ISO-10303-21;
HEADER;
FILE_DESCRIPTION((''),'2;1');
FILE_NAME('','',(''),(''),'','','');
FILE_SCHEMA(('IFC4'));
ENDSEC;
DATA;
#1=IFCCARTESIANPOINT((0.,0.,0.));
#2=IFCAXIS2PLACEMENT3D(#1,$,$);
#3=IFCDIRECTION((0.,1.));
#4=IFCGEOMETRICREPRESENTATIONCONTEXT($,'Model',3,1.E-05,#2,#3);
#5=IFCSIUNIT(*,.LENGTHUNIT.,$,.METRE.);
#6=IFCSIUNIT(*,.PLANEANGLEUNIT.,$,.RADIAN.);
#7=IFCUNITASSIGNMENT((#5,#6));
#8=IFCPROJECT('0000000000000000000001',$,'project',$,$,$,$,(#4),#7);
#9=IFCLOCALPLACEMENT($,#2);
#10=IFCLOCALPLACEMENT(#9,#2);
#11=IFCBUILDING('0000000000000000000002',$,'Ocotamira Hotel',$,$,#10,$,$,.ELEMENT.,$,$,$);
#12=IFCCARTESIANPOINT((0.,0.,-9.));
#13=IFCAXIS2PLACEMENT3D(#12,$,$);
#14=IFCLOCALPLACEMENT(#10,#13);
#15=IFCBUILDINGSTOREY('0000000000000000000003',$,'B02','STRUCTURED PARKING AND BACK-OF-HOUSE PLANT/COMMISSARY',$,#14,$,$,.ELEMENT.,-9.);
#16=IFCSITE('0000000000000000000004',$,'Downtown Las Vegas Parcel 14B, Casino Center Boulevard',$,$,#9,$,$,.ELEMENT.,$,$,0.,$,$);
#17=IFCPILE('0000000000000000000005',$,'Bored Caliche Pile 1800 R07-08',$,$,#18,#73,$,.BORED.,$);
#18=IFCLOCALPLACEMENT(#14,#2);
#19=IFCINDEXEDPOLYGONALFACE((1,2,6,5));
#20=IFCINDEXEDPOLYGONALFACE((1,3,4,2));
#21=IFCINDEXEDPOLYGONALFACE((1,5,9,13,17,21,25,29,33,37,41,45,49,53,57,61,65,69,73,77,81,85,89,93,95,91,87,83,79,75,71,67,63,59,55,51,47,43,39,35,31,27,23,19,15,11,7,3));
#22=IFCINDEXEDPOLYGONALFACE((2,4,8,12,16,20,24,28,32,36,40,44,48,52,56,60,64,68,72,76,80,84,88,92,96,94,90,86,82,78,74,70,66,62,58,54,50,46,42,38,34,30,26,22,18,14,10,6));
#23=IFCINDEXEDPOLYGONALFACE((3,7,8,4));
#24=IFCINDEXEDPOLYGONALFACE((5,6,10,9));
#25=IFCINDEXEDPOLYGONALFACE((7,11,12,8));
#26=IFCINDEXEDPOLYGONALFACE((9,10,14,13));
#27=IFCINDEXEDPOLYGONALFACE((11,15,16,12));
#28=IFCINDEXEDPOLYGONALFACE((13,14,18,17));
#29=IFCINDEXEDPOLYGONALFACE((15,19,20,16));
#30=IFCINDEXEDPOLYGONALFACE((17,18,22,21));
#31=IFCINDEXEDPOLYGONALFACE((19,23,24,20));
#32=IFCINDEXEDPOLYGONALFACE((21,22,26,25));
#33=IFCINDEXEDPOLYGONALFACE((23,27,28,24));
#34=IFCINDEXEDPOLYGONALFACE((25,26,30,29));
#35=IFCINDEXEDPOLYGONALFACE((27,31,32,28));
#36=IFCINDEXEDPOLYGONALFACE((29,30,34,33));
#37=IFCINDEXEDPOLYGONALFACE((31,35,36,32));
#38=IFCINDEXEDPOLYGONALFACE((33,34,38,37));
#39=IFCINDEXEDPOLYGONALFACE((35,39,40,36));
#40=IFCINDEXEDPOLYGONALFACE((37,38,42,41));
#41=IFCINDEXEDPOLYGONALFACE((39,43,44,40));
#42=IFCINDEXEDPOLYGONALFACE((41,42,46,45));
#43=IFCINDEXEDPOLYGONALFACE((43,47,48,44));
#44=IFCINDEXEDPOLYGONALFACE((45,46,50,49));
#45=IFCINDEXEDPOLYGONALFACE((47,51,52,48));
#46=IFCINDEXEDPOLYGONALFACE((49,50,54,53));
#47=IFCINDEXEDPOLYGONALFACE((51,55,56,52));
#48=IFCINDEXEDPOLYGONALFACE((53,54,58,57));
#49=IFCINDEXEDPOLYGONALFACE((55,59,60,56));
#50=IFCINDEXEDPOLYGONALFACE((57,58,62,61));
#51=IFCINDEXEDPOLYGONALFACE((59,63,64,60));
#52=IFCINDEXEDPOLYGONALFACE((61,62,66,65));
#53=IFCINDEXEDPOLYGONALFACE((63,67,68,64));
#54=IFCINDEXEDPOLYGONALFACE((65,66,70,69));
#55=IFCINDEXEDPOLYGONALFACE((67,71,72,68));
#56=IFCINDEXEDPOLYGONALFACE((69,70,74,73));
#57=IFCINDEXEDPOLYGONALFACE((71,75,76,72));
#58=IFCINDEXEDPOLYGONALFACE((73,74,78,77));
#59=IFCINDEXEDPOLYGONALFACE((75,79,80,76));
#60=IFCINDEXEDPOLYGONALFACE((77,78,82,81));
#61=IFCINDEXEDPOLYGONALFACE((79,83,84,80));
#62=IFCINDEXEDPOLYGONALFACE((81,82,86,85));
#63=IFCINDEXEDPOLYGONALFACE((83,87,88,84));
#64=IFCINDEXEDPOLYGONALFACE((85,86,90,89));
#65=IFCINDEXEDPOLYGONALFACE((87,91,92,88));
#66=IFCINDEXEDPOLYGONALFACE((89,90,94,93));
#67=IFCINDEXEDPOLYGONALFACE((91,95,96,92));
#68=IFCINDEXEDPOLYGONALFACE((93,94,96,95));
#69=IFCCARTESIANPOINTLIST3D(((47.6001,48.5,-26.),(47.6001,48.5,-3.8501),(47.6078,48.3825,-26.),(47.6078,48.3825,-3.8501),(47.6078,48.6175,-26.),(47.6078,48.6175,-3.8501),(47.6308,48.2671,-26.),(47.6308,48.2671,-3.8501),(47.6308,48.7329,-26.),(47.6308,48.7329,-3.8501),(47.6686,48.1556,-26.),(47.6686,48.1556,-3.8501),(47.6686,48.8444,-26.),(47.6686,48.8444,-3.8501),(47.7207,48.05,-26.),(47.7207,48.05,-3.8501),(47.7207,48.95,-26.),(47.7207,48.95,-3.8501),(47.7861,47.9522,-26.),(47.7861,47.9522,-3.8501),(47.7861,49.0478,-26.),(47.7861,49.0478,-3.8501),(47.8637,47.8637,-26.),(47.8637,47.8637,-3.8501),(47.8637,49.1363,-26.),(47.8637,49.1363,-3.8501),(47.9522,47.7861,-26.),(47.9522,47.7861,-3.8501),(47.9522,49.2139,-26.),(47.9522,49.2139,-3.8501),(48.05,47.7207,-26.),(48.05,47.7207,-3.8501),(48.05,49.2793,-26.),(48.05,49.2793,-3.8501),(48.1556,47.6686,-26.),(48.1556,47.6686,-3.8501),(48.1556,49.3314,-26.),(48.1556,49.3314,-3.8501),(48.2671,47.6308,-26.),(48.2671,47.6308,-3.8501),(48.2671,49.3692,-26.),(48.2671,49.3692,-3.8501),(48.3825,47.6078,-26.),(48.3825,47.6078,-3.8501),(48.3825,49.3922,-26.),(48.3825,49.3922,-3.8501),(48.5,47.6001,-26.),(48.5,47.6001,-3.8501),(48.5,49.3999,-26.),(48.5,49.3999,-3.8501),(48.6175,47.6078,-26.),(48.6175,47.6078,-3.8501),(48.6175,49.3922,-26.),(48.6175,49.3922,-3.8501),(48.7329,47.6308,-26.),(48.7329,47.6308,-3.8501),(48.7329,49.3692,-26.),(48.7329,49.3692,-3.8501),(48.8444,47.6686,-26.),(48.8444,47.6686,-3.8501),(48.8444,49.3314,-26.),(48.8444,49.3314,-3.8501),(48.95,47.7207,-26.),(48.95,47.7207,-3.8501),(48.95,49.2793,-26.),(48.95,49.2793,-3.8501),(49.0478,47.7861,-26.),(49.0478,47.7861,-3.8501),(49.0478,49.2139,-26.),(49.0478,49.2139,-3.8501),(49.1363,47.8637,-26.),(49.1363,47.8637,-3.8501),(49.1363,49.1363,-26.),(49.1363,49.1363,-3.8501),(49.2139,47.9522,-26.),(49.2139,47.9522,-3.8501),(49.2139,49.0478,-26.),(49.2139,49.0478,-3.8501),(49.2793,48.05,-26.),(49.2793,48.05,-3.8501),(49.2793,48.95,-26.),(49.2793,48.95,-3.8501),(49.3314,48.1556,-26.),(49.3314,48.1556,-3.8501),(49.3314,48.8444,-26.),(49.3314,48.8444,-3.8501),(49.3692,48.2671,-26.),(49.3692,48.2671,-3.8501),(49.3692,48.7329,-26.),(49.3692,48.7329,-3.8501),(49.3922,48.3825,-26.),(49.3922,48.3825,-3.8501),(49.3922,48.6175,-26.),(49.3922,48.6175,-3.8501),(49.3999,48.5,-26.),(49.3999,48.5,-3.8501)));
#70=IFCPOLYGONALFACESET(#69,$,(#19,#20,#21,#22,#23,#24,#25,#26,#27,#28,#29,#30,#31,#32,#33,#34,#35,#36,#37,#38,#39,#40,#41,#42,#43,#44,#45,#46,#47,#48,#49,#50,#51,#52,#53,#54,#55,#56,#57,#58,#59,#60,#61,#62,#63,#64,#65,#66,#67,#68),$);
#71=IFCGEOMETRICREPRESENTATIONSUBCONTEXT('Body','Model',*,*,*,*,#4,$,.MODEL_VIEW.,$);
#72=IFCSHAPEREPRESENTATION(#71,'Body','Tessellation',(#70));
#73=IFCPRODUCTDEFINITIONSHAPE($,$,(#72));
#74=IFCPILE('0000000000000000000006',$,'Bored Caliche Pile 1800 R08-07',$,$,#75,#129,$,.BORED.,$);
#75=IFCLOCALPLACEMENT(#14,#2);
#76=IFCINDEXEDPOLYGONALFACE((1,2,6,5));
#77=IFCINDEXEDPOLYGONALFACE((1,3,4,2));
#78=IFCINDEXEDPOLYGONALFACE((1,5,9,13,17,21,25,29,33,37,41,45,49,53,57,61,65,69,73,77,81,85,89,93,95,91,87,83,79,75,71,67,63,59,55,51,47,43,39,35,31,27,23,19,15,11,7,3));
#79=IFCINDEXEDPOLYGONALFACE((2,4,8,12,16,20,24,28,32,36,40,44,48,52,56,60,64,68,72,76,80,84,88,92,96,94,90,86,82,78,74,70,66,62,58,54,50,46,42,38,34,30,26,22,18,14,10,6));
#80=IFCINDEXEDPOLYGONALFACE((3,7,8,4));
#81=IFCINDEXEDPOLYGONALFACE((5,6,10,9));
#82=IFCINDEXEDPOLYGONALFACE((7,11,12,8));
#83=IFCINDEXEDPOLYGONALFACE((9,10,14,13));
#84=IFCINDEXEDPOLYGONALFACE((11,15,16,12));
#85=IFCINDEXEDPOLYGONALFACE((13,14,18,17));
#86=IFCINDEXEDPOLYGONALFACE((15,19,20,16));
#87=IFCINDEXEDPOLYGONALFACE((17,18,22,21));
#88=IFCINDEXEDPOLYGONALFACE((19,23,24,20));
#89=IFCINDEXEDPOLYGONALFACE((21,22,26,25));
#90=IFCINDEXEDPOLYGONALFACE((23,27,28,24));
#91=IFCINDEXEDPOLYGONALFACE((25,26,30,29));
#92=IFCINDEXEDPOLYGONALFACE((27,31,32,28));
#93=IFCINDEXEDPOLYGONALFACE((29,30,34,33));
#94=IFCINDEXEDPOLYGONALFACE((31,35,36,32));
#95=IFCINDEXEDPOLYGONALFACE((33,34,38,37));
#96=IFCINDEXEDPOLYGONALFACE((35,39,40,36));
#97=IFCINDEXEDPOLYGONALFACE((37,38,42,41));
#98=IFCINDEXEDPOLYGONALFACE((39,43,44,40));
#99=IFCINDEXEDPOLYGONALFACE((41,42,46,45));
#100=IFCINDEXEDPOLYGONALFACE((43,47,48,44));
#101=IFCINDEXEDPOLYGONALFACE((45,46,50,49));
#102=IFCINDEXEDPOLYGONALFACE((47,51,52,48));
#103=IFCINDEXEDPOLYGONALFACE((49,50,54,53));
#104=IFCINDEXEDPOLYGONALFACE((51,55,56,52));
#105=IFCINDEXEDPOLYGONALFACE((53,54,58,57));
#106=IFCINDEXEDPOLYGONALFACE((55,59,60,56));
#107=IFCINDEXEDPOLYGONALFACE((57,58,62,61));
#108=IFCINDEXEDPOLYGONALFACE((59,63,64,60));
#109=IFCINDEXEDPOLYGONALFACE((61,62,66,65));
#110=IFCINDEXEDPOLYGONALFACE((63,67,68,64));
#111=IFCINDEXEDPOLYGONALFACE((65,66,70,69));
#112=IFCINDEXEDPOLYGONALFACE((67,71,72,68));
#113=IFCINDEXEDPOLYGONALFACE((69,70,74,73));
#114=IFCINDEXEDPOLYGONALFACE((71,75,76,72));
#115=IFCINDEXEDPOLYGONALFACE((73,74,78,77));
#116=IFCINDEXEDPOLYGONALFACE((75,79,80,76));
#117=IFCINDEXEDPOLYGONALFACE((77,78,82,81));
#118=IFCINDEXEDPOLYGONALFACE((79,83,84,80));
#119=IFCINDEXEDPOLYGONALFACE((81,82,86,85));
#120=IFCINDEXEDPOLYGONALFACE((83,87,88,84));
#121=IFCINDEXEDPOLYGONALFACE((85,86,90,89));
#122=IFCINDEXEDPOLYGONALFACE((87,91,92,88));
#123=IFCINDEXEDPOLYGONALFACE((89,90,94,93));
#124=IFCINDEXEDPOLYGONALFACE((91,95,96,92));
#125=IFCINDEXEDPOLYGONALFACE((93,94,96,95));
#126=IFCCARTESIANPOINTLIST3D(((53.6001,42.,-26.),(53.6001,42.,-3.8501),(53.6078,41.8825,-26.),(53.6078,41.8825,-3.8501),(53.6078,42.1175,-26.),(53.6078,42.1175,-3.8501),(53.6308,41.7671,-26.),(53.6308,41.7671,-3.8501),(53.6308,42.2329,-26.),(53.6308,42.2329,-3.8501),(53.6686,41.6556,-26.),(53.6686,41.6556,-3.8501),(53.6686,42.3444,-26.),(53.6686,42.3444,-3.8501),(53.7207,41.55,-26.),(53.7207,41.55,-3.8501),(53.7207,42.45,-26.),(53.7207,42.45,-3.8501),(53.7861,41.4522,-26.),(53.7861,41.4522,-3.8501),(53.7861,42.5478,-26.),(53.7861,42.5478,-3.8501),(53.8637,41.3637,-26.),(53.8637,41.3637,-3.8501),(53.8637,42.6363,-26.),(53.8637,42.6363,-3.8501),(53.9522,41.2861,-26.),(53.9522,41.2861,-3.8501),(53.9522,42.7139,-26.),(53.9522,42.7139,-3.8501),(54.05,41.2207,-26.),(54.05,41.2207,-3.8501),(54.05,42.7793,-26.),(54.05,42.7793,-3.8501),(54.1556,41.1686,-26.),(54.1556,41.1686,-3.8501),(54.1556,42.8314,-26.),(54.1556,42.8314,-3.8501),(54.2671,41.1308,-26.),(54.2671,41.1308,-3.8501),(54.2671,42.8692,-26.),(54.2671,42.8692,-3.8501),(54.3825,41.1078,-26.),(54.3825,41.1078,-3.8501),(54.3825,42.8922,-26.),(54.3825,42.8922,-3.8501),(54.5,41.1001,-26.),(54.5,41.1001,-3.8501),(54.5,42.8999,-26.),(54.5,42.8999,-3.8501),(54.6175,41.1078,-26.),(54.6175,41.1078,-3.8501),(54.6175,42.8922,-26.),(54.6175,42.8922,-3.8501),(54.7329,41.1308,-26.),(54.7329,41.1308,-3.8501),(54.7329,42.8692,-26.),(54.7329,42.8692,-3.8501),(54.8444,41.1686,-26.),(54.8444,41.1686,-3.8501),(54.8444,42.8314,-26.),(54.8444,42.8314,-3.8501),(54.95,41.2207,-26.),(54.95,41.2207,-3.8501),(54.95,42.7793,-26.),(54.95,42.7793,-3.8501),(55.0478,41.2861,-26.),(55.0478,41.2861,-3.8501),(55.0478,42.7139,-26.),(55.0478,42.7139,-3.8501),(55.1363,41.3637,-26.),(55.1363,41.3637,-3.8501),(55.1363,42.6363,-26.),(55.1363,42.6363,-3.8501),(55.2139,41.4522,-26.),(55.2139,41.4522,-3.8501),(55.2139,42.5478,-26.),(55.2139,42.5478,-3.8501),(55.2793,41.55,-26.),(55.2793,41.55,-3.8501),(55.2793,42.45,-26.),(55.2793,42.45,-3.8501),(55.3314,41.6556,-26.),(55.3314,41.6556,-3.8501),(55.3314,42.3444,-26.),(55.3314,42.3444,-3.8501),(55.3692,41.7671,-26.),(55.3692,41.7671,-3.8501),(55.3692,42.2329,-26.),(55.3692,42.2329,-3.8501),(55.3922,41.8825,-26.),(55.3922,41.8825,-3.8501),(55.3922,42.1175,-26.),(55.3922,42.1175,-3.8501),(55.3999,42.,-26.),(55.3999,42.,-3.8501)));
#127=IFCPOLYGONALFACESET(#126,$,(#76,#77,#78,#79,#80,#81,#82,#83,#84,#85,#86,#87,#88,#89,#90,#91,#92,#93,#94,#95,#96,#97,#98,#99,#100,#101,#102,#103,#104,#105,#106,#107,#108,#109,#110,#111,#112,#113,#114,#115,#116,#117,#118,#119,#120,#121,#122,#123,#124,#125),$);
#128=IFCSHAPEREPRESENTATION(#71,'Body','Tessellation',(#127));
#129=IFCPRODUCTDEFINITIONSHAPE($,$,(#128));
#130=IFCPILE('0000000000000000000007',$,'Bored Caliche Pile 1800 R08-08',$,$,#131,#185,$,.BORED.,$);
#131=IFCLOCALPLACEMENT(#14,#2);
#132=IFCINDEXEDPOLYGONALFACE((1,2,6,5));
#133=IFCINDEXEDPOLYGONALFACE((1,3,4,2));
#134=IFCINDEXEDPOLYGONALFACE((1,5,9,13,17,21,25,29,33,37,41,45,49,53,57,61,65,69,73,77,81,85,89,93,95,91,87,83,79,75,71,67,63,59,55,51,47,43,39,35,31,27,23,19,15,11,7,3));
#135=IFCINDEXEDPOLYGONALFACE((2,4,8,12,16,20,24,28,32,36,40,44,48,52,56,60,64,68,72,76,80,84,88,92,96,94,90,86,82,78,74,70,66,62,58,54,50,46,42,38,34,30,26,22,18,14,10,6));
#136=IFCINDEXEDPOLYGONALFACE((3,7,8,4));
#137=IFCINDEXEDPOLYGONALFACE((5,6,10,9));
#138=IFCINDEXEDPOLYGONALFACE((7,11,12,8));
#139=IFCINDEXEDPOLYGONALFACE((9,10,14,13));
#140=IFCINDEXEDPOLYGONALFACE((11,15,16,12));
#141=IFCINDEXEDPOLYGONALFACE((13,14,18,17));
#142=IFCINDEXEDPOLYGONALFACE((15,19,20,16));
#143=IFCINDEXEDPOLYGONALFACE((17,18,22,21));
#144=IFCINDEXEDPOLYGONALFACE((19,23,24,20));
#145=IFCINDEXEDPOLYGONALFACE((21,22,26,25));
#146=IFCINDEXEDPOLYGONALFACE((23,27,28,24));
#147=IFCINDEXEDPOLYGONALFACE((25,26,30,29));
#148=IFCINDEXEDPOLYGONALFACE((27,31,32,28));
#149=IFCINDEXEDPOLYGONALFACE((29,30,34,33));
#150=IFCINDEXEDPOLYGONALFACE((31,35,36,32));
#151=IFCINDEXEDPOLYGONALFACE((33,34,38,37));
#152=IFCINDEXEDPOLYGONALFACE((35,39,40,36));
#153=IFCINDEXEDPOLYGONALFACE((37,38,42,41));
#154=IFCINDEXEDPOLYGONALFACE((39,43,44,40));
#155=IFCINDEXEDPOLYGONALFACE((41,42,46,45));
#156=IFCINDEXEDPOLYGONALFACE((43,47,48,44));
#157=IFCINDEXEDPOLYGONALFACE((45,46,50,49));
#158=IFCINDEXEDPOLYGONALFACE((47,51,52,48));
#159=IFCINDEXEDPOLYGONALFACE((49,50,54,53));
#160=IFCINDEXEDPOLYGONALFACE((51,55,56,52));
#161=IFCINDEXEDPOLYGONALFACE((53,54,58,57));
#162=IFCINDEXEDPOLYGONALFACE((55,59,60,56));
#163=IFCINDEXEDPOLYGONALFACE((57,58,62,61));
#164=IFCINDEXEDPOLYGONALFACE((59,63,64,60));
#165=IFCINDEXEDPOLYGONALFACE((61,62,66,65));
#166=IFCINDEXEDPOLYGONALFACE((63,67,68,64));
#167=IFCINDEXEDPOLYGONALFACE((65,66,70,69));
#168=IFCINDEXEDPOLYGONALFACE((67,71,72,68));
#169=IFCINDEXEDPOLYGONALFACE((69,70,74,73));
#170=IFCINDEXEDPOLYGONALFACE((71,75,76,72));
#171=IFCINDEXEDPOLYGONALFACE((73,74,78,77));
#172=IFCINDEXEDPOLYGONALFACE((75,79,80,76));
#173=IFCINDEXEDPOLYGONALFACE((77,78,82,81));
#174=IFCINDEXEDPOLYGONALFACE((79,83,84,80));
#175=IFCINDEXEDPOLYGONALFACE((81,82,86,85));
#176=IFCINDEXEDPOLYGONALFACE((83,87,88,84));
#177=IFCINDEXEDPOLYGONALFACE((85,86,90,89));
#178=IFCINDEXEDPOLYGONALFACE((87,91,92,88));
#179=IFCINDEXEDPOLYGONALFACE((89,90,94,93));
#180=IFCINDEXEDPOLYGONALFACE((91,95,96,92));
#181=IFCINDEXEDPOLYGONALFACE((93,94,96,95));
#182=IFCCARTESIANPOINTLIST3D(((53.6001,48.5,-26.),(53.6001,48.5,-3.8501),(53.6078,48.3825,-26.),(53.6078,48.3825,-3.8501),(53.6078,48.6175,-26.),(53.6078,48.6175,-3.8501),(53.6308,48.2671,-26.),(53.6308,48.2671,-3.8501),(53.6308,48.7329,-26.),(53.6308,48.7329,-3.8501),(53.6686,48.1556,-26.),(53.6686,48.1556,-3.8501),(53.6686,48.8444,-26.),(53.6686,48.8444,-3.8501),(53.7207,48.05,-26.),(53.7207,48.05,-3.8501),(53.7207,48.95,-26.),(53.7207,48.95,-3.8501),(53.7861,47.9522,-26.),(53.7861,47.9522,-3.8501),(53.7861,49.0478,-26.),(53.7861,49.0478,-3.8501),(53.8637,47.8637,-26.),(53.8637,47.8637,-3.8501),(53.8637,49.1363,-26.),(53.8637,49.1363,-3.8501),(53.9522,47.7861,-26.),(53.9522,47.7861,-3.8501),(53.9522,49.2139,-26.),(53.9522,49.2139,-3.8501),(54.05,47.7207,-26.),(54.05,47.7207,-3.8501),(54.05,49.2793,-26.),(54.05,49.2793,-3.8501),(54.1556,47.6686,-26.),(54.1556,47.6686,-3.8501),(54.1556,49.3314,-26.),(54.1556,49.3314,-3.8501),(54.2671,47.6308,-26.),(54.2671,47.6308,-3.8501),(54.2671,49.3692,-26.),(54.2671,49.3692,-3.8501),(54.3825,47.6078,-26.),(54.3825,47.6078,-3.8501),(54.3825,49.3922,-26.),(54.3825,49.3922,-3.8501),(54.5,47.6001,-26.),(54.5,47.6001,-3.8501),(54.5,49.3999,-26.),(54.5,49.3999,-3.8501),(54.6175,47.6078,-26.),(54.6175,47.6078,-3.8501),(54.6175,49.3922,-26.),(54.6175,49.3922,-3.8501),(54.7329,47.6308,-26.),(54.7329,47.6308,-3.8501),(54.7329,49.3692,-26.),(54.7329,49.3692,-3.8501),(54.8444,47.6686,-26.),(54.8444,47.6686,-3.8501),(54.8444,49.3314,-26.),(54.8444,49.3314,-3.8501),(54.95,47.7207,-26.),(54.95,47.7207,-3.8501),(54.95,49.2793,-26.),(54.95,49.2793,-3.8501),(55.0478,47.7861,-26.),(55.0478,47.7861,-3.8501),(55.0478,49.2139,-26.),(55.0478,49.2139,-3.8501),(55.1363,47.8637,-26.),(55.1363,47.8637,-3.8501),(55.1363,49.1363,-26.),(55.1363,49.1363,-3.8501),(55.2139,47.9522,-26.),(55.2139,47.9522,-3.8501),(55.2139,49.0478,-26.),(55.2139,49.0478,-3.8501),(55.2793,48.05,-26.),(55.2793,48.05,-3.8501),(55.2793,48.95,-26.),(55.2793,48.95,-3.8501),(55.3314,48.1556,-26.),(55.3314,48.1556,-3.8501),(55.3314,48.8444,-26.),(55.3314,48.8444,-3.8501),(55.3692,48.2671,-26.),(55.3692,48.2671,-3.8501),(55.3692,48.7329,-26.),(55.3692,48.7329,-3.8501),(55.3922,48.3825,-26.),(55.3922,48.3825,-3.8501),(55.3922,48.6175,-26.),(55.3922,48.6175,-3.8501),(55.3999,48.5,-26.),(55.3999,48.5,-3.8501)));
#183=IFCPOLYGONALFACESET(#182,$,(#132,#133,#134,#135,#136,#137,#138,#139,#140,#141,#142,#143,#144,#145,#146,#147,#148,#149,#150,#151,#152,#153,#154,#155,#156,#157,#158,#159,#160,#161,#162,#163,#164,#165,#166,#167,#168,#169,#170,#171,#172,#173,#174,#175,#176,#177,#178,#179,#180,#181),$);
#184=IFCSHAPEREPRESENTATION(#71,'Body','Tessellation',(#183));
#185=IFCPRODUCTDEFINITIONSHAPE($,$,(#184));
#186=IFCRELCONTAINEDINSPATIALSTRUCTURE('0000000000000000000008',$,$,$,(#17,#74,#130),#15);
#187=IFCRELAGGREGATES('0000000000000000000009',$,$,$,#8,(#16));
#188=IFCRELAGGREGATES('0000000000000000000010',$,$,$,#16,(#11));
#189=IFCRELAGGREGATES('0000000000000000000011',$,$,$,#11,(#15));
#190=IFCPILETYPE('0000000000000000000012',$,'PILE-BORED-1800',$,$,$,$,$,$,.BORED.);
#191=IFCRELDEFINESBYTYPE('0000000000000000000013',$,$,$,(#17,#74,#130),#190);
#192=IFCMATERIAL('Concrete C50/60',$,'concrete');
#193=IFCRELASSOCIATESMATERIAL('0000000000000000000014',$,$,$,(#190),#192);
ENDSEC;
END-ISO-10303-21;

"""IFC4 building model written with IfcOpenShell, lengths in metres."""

from ifc_helpers import new_model, si_unit, direction, frame, origin, origin_2d, place, context, subcontext, project, spatial, circle, extrude, source, transform, mapped, material, material_profile, profile_set, type_object, element, save


model = new_model("IFC4")

# Units and contexts
model_context = context("Model", 3, precision=1e-05, world=origin(), true_north=direction((0.0, 1.0)))
body_context = subcontext(model_context, "Body", "Model", "MODEL_VIEW")
ifc_project = project(units=[si_unit("LENGTHUNIT", "METRE"), si_unit("PLANEANGLEUNIT", "RADIAN")], contexts=[model_context])

# Site, building, storey
site_placement = place(None, origin())
site = spatial("IfcSite", under=ifc_project, at=site_placement, Name="Downtown Las Vegas Parcel 14B, Casino Center Boulevard", CompositionType="ELEMENT", RefElevation=0.0)
building_placement = place(site_placement, origin())
building = spatial("IfcBuilding", under=site, at=building_placement, Name="Ocotamira Hotel", CompositionType="ELEMENT")
storey_placement = place(building_placement, frame((0.0, 0.0, -9.0)))
storey = spatial("IfcBuildingStorey", under=building, at=storey_placement, Name="B02", Description="STRUCTURED PARKING AND BACK-OF-HOUSE PLANT/COMMISSARY", CompositionType="ELEMENT", Elevation=-9.0)

# Piles
ifc_material_1 = material(Name="Concrete C50/60", Category="concrete")
ifc_material_profile_1 = material_profile(ifc_material_1, circle(Radius=0.8999, at=origin_2d()), Name="PILE1800")
ifc_profile_set_1 = profile_set([ifc_material_profile_1], Name="Concrete C50/60")
pile_type = type_object("IfcPileType", Name="PILE-BORED-1800", PredefinedType="BORED", material=ifc_profile_set_1)
shared_shape_1 = source(origin(), body_context, "Body", "SweptSolid", [
    extrude(circle(Radius=0.8999, at=origin_2d()), origin(), (0.0, 0.0, 1.0), 22.1499),
])
for number, where, z_axis, x_axis, name in (
    (1, (48.5, 48.5, -3.8501), (0.0, 0.0, -1.0), (1.0, 0.0, 0.0), "Bored Caliche Pile 1800 R07-08"),
    (2, (54.5, 42.0, -3.8501), (0.0, 0.0, -1.0), (1.0, 0.0, 0.0), "Bored Caliche Pile 1800 R08-07"),
    (3, (54.5, 48.5, -3.8501), (0.0, 0.0, -1.0), (1.0, 0.0, 0.0), "Bored Caliche Pile 1800 R08-08"),
):
    element("IfcPile", number, at=place(storey_placement, frame(where, z_axis=z_axis, x_axis=x_axis)), inside=storey, type_object=pile_type, Name=name, PredefinedType="BORED", context=body_context, shape_type="MappedRepresentation", body=[
        mapped(shared_shape_1, transform((0.0, 0.0, 0.0), scale=1.0)),
    ])

save(model, "model.ifc")
